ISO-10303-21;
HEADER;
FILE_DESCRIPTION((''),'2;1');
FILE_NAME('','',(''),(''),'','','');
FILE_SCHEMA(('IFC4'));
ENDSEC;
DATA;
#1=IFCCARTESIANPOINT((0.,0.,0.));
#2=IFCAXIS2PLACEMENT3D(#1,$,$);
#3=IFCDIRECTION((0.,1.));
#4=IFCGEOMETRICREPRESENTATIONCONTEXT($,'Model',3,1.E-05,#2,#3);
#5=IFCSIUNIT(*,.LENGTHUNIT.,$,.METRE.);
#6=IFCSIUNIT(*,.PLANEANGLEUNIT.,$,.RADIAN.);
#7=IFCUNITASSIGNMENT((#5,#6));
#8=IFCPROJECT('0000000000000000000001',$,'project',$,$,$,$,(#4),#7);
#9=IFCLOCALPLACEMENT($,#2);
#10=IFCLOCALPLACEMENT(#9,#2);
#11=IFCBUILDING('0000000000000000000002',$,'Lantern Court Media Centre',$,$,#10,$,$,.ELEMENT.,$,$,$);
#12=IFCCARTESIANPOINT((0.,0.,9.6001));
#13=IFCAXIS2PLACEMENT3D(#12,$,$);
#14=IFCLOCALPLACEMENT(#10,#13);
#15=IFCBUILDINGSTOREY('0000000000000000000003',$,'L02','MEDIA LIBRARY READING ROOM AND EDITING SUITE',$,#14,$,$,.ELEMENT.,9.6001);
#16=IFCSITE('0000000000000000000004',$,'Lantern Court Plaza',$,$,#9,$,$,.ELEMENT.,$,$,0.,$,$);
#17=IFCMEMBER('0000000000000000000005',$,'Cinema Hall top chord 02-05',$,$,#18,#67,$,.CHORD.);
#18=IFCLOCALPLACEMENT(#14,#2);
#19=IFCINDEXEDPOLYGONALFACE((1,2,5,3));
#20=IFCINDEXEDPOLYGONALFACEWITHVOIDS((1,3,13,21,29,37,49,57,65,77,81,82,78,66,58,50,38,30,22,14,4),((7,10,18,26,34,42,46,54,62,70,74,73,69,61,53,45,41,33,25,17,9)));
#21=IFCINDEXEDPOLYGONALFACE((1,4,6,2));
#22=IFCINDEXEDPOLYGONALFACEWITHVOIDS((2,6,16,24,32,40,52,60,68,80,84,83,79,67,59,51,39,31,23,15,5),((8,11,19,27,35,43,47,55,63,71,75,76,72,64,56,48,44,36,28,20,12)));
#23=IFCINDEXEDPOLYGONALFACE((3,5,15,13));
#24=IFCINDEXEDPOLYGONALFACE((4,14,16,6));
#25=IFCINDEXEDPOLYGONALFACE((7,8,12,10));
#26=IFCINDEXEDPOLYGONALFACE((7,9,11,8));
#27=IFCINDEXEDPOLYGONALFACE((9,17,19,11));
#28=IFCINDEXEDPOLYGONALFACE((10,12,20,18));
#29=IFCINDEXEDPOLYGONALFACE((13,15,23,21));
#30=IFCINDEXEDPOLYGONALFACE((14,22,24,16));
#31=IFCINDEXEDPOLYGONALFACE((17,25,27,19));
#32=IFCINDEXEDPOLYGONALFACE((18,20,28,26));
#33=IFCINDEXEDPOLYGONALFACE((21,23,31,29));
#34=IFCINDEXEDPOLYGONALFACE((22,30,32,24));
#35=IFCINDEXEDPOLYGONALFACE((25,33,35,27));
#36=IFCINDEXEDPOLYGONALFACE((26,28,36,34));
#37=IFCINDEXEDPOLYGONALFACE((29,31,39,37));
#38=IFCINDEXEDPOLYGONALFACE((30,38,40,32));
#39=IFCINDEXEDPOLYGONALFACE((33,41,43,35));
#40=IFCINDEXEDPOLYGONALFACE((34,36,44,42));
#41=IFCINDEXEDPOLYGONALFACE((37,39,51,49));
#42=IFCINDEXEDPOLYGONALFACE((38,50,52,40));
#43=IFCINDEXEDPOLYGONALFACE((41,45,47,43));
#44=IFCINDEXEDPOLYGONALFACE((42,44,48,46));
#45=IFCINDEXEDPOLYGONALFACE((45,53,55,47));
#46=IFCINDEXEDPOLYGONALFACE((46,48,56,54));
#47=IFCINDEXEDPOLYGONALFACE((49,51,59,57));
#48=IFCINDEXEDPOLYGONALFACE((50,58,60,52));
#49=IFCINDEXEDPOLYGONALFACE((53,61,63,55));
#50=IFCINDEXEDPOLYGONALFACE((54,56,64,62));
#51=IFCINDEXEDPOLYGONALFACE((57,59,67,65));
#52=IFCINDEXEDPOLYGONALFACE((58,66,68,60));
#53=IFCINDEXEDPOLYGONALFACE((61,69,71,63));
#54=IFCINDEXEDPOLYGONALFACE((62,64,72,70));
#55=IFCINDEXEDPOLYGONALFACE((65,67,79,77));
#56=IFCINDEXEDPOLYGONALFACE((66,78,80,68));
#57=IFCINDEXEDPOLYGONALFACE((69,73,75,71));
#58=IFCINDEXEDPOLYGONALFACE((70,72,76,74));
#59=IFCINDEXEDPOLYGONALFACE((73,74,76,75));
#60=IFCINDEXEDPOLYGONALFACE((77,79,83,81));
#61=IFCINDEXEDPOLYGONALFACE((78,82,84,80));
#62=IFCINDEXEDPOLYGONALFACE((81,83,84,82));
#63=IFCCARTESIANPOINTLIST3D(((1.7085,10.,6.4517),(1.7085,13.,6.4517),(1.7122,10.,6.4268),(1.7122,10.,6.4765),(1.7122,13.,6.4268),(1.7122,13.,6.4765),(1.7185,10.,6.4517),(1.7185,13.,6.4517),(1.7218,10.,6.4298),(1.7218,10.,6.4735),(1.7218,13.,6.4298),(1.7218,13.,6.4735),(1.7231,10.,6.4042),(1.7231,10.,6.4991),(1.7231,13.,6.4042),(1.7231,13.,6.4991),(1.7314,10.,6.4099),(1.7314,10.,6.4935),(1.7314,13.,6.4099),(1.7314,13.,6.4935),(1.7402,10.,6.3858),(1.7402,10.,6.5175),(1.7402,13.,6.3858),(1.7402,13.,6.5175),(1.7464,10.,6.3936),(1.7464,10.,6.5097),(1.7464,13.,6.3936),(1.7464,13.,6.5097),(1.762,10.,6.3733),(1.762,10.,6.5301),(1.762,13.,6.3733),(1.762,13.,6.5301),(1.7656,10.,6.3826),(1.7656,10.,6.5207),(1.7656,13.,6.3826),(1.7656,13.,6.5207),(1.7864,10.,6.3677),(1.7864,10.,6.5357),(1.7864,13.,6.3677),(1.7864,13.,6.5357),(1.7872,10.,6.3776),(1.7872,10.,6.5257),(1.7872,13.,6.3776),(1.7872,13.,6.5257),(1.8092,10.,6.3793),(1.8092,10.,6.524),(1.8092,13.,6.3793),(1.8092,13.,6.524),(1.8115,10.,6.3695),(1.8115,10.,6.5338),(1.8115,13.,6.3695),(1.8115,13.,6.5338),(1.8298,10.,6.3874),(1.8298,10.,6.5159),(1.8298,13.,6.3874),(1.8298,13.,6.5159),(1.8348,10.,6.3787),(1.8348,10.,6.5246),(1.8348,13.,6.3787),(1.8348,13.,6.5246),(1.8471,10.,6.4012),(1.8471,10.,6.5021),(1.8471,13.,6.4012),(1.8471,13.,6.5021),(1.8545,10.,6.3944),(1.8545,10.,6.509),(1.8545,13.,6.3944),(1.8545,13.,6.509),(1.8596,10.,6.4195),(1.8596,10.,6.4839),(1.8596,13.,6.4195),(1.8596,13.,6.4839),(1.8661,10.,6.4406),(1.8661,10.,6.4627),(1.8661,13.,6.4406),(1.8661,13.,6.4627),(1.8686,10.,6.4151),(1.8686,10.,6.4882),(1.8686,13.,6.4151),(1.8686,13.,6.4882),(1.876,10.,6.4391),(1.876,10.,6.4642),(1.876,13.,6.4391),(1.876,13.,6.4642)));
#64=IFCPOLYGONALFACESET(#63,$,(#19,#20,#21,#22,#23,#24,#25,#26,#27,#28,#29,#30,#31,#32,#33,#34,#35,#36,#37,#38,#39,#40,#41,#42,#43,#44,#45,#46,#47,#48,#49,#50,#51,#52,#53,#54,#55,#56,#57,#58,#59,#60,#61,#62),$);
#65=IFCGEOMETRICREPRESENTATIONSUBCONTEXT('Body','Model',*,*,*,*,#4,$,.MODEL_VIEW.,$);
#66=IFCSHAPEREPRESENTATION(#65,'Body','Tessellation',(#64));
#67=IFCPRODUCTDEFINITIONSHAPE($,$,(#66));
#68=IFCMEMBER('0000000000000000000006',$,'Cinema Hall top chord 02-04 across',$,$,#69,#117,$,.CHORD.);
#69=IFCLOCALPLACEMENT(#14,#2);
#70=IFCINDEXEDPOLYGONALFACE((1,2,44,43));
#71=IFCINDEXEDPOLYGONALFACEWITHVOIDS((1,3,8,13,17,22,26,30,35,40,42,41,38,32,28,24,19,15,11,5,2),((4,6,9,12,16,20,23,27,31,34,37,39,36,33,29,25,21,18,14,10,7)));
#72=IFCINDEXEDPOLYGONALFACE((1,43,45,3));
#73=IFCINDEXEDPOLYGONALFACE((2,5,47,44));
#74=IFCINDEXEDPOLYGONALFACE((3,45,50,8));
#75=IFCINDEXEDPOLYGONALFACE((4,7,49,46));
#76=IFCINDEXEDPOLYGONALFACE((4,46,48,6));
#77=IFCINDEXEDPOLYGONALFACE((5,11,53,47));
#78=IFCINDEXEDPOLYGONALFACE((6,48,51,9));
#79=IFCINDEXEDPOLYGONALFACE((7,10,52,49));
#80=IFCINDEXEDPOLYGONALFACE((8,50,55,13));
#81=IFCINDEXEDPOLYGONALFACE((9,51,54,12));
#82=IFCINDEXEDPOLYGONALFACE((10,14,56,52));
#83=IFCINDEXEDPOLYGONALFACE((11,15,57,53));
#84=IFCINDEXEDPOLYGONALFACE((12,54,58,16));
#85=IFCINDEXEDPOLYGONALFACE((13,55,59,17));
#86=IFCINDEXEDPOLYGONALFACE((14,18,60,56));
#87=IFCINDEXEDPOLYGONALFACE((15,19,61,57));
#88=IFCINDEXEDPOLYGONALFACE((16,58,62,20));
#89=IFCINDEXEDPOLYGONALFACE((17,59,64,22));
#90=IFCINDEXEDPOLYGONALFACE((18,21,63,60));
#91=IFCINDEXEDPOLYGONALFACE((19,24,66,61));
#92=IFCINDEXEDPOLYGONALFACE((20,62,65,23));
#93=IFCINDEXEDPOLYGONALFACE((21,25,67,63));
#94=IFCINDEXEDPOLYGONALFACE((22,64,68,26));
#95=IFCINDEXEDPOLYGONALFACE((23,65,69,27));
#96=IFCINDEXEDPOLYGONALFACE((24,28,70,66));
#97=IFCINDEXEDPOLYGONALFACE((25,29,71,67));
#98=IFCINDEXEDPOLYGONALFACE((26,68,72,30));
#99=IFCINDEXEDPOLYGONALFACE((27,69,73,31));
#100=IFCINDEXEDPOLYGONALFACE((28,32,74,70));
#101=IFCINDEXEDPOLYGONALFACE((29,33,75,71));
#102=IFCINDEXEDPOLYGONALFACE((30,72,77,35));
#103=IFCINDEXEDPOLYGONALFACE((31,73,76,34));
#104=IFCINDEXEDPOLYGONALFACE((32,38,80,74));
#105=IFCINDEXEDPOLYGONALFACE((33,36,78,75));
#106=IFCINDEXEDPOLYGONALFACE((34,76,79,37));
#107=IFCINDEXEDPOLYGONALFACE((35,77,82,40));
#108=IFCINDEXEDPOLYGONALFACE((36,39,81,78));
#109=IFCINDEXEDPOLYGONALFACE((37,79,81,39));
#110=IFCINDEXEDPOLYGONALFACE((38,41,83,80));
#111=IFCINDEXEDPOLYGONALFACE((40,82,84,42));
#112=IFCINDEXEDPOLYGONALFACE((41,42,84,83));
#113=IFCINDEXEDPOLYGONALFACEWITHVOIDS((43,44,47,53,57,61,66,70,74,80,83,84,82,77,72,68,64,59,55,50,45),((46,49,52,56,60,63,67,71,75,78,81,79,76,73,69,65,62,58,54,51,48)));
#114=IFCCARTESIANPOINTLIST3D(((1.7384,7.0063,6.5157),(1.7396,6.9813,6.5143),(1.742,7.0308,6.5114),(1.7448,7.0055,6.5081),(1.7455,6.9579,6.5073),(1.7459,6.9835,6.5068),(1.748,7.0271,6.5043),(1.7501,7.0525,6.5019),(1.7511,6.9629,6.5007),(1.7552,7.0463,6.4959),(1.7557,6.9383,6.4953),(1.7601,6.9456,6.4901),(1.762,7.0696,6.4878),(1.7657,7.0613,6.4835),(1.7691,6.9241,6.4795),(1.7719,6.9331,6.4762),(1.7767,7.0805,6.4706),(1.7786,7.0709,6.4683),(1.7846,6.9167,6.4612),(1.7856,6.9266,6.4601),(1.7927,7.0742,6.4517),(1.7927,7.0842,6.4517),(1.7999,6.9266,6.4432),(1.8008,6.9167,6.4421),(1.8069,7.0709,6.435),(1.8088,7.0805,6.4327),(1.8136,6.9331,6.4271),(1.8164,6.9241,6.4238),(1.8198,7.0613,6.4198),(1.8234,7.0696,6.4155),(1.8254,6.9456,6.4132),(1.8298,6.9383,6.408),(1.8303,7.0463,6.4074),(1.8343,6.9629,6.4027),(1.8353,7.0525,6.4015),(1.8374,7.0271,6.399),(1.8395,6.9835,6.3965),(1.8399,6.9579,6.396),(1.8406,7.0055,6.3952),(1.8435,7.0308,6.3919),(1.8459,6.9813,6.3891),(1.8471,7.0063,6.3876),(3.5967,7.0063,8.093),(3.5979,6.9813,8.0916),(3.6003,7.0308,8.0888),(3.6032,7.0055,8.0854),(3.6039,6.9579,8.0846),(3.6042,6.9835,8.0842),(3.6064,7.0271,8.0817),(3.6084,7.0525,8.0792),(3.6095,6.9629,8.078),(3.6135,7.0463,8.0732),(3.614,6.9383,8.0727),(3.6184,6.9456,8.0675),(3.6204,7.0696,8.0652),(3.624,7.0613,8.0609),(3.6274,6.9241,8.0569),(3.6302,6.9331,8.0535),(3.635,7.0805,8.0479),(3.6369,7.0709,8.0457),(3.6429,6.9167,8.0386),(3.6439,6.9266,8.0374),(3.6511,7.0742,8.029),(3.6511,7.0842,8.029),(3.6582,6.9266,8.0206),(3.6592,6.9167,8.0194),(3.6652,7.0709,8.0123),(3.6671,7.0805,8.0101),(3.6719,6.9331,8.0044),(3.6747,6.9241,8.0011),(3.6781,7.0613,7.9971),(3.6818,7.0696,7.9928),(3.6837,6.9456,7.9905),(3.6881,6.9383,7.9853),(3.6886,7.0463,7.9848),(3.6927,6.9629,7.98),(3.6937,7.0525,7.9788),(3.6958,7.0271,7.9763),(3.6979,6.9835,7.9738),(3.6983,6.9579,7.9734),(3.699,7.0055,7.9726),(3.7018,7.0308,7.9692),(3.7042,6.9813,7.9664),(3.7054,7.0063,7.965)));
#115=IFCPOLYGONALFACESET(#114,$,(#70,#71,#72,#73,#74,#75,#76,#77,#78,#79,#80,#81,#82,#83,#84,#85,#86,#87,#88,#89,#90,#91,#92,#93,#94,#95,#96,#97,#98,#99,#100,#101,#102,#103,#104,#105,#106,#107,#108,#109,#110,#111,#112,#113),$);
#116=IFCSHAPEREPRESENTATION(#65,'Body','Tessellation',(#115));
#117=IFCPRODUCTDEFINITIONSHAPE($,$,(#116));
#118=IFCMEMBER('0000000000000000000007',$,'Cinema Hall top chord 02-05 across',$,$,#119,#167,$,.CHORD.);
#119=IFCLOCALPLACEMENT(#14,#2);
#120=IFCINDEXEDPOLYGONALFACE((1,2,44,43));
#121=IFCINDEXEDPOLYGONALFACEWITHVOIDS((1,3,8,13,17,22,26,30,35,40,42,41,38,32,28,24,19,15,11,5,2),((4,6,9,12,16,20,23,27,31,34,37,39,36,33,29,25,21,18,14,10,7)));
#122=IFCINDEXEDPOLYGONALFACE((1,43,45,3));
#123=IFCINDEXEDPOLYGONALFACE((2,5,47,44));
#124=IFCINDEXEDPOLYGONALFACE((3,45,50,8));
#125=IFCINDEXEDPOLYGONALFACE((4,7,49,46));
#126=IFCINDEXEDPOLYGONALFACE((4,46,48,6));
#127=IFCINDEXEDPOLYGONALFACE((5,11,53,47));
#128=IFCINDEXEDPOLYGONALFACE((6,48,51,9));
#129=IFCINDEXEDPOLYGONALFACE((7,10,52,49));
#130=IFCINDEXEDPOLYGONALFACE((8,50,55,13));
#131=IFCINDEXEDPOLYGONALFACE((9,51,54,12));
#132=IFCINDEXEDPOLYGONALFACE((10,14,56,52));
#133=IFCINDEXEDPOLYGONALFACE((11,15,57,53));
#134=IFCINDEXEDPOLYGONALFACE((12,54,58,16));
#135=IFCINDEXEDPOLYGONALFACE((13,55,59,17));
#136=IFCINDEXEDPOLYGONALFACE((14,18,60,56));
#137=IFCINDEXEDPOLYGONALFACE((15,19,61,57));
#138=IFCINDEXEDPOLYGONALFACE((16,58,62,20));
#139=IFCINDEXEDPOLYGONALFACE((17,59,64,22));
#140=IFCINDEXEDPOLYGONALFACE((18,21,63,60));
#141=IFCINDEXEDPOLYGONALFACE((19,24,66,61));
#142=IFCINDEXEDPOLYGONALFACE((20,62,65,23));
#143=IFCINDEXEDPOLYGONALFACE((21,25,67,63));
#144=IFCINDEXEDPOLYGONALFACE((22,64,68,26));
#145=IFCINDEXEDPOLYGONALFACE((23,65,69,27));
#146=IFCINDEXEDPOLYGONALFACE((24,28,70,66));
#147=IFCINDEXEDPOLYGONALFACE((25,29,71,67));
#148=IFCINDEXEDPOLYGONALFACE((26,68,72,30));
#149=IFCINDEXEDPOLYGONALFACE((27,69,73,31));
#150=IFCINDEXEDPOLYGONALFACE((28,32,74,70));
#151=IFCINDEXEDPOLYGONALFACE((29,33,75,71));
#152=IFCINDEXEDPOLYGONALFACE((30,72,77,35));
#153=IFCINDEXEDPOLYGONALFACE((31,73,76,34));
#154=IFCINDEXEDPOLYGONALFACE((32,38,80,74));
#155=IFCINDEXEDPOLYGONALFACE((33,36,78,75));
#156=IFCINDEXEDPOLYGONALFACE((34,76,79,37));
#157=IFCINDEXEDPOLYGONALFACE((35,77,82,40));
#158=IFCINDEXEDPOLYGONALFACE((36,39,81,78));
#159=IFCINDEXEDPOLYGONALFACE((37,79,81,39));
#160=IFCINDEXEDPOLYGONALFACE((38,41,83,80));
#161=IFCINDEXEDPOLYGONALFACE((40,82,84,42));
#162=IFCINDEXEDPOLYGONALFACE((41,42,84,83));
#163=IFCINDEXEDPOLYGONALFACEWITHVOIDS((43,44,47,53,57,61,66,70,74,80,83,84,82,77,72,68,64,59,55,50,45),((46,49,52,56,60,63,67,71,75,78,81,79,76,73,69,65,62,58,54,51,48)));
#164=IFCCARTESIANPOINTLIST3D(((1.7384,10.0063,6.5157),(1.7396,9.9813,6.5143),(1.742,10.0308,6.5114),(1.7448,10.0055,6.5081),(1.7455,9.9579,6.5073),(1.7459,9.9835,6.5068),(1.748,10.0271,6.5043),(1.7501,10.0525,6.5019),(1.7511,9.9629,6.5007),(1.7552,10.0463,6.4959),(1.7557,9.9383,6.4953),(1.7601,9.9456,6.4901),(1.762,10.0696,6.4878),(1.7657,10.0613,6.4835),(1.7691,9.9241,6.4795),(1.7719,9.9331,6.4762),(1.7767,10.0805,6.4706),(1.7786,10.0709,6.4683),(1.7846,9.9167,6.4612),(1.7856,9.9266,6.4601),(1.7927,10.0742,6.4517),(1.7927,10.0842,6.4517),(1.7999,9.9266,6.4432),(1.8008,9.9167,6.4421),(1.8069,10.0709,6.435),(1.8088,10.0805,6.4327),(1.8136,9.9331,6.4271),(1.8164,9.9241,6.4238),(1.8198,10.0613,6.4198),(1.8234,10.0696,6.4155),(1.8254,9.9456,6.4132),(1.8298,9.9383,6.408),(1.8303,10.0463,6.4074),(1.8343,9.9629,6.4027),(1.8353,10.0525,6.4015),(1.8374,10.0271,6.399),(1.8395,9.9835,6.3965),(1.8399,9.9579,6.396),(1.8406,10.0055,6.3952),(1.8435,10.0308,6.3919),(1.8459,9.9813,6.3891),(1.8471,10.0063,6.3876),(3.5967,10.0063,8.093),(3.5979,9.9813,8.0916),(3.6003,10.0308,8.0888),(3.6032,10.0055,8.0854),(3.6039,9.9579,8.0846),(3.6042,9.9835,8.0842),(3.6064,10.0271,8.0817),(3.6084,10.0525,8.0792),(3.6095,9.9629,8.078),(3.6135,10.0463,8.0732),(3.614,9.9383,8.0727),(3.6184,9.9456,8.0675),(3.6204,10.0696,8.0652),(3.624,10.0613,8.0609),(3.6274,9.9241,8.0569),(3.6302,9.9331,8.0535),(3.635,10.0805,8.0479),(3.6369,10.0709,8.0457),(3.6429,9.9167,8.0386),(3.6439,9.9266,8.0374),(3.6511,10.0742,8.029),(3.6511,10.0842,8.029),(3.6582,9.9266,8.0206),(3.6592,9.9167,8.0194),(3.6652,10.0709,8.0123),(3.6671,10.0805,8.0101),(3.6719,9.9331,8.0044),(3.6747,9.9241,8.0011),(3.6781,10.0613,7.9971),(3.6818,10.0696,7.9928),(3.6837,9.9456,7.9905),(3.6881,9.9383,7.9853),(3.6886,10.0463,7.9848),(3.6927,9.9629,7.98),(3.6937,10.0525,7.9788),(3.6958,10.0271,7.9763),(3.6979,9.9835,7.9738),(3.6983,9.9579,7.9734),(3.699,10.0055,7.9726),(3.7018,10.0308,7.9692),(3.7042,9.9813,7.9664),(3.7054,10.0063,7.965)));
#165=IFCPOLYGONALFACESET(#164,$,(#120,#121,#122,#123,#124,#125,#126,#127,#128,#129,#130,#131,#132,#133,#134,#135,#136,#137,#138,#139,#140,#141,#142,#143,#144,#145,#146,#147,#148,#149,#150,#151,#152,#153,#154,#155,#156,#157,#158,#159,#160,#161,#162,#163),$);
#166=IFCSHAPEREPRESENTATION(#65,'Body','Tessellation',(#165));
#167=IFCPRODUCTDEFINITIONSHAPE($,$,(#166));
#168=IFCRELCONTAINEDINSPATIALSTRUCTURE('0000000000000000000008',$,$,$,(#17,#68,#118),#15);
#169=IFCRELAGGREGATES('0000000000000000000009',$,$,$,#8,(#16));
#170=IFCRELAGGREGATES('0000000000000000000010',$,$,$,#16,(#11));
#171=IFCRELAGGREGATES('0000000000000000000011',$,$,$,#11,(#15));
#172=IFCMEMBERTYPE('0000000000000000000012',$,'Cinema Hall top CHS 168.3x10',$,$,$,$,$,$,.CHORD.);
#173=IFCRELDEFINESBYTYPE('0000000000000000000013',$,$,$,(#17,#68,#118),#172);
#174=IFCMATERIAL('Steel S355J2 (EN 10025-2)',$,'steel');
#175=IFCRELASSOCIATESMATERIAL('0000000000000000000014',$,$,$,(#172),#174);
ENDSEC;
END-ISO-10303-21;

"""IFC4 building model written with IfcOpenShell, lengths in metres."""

from ifc_helpers import new_model, si_unit, direction, frame, origin, origin_2d, place, context, subcontext, project, spatial, hollow_circle, extrude, material, material_profile, profile_set, type_object, element, save


model = new_model("IFC4")

# Units and contexts
model_context = context("Model", 3, precision=1e-05, world=origin(), true_north=direction((0.0, 1.0)))
body_context = subcontext(model_context, "Body", "Model", "MODEL_VIEW")
ifc_project = project(units=[si_unit("LENGTHUNIT", "METRE"), si_unit("PLANEANGLEUNIT", "RADIAN")], contexts=[model_context])

# Site, building, storey
site_placement = place(None, origin())
site = spatial("IfcSite", under=ifc_project, at=site_placement, Name="Lantern Court Plaza", CompositionType="ELEMENT", RefElevation=0.0)
building_placement = place(site_placement, origin())
building = spatial("IfcBuilding", under=site, at=building_placement, Name="Lantern Court Media Centre", CompositionType="ELEMENT")
storey_placement = place(building_placement, frame((0.0, 0.0, 9.6001)))
storey = spatial("IfcBuildingStorey", under=building, at=storey_placement, Name="L02", Description="MEDIA LIBRARY READING ROOM AND EDITING SUITE", CompositionType="ELEMENT", Elevation=9.6001)

# Shared definitions
ifc_material = material(Name="Steel S355J2 (EN 10025-2)", Category="steel")

# Members
ifc_material_profile_1 = material_profile(ifc_material, hollow_circle(Radius=0.0842, WallThickness=0.01, at=origin_2d()), Name="Cinema Hall top CHS 168.3x10")
ifc_profile_set_1 = profile_set([ifc_material_profile_1], Name="Steel S355J2 (EN 10025-2)")
member_type_1 = type_object("IfcMemberType", Name="Cinema Hall top CHS 168.3x10", PredefinedType="CHORD", material=ifc_profile_set_1)
for number, where, z_axis, x_axis, name in (
    (1, (1.7927, 10.0, 6.4517), (0.0, 1.0, 0.0), (-1.0, 0.0, 0.0), "Cinema Hall top chord 02-05"),
):
    element("IfcMember", number, at=place(storey_placement, frame(where, z_axis=z_axis, x_axis=x_axis)), inside=storey, type_object=member_type_1, Name=name, PredefinedType="CHORD", context=body_context, shape_type="SweptSolid", body=[
        extrude(hollow_circle(Radius=0.0842, WallThickness=0.01, at=origin_2d()), origin(), (0.0, 0.0, 1.0), 3.0),
    ])
for number, where, z_axis, x_axis, name in (
    (2, (1.7927, 7.0, 6.4517), (0.762394, 0.0, 0.647113), (0.0, 1.0, 0.0), "Cinema Hall top chord 02-04 across"),
    (3, (1.7927, 10.0, 6.4517), (0.762394, 0.0, 0.647113), (0.0, 1.0, 0.0), "Cinema Hall top chord 02-05 across"),
):
    element("IfcMember", number, at=place(storey_placement, frame(where, z_axis=z_axis, x_axis=x_axis)), inside=storey, type_object=member_type_1, Name=name, PredefinedType="CHORD", context=body_context, shape_type="SweptSolid", body=[
        extrude(hollow_circle(Radius=0.0842, WallThickness=0.01, at=origin_2d()), origin(), (0.0, 0.0, 1.0), 2.4375),
    ])

save(model, "model.ifc")
